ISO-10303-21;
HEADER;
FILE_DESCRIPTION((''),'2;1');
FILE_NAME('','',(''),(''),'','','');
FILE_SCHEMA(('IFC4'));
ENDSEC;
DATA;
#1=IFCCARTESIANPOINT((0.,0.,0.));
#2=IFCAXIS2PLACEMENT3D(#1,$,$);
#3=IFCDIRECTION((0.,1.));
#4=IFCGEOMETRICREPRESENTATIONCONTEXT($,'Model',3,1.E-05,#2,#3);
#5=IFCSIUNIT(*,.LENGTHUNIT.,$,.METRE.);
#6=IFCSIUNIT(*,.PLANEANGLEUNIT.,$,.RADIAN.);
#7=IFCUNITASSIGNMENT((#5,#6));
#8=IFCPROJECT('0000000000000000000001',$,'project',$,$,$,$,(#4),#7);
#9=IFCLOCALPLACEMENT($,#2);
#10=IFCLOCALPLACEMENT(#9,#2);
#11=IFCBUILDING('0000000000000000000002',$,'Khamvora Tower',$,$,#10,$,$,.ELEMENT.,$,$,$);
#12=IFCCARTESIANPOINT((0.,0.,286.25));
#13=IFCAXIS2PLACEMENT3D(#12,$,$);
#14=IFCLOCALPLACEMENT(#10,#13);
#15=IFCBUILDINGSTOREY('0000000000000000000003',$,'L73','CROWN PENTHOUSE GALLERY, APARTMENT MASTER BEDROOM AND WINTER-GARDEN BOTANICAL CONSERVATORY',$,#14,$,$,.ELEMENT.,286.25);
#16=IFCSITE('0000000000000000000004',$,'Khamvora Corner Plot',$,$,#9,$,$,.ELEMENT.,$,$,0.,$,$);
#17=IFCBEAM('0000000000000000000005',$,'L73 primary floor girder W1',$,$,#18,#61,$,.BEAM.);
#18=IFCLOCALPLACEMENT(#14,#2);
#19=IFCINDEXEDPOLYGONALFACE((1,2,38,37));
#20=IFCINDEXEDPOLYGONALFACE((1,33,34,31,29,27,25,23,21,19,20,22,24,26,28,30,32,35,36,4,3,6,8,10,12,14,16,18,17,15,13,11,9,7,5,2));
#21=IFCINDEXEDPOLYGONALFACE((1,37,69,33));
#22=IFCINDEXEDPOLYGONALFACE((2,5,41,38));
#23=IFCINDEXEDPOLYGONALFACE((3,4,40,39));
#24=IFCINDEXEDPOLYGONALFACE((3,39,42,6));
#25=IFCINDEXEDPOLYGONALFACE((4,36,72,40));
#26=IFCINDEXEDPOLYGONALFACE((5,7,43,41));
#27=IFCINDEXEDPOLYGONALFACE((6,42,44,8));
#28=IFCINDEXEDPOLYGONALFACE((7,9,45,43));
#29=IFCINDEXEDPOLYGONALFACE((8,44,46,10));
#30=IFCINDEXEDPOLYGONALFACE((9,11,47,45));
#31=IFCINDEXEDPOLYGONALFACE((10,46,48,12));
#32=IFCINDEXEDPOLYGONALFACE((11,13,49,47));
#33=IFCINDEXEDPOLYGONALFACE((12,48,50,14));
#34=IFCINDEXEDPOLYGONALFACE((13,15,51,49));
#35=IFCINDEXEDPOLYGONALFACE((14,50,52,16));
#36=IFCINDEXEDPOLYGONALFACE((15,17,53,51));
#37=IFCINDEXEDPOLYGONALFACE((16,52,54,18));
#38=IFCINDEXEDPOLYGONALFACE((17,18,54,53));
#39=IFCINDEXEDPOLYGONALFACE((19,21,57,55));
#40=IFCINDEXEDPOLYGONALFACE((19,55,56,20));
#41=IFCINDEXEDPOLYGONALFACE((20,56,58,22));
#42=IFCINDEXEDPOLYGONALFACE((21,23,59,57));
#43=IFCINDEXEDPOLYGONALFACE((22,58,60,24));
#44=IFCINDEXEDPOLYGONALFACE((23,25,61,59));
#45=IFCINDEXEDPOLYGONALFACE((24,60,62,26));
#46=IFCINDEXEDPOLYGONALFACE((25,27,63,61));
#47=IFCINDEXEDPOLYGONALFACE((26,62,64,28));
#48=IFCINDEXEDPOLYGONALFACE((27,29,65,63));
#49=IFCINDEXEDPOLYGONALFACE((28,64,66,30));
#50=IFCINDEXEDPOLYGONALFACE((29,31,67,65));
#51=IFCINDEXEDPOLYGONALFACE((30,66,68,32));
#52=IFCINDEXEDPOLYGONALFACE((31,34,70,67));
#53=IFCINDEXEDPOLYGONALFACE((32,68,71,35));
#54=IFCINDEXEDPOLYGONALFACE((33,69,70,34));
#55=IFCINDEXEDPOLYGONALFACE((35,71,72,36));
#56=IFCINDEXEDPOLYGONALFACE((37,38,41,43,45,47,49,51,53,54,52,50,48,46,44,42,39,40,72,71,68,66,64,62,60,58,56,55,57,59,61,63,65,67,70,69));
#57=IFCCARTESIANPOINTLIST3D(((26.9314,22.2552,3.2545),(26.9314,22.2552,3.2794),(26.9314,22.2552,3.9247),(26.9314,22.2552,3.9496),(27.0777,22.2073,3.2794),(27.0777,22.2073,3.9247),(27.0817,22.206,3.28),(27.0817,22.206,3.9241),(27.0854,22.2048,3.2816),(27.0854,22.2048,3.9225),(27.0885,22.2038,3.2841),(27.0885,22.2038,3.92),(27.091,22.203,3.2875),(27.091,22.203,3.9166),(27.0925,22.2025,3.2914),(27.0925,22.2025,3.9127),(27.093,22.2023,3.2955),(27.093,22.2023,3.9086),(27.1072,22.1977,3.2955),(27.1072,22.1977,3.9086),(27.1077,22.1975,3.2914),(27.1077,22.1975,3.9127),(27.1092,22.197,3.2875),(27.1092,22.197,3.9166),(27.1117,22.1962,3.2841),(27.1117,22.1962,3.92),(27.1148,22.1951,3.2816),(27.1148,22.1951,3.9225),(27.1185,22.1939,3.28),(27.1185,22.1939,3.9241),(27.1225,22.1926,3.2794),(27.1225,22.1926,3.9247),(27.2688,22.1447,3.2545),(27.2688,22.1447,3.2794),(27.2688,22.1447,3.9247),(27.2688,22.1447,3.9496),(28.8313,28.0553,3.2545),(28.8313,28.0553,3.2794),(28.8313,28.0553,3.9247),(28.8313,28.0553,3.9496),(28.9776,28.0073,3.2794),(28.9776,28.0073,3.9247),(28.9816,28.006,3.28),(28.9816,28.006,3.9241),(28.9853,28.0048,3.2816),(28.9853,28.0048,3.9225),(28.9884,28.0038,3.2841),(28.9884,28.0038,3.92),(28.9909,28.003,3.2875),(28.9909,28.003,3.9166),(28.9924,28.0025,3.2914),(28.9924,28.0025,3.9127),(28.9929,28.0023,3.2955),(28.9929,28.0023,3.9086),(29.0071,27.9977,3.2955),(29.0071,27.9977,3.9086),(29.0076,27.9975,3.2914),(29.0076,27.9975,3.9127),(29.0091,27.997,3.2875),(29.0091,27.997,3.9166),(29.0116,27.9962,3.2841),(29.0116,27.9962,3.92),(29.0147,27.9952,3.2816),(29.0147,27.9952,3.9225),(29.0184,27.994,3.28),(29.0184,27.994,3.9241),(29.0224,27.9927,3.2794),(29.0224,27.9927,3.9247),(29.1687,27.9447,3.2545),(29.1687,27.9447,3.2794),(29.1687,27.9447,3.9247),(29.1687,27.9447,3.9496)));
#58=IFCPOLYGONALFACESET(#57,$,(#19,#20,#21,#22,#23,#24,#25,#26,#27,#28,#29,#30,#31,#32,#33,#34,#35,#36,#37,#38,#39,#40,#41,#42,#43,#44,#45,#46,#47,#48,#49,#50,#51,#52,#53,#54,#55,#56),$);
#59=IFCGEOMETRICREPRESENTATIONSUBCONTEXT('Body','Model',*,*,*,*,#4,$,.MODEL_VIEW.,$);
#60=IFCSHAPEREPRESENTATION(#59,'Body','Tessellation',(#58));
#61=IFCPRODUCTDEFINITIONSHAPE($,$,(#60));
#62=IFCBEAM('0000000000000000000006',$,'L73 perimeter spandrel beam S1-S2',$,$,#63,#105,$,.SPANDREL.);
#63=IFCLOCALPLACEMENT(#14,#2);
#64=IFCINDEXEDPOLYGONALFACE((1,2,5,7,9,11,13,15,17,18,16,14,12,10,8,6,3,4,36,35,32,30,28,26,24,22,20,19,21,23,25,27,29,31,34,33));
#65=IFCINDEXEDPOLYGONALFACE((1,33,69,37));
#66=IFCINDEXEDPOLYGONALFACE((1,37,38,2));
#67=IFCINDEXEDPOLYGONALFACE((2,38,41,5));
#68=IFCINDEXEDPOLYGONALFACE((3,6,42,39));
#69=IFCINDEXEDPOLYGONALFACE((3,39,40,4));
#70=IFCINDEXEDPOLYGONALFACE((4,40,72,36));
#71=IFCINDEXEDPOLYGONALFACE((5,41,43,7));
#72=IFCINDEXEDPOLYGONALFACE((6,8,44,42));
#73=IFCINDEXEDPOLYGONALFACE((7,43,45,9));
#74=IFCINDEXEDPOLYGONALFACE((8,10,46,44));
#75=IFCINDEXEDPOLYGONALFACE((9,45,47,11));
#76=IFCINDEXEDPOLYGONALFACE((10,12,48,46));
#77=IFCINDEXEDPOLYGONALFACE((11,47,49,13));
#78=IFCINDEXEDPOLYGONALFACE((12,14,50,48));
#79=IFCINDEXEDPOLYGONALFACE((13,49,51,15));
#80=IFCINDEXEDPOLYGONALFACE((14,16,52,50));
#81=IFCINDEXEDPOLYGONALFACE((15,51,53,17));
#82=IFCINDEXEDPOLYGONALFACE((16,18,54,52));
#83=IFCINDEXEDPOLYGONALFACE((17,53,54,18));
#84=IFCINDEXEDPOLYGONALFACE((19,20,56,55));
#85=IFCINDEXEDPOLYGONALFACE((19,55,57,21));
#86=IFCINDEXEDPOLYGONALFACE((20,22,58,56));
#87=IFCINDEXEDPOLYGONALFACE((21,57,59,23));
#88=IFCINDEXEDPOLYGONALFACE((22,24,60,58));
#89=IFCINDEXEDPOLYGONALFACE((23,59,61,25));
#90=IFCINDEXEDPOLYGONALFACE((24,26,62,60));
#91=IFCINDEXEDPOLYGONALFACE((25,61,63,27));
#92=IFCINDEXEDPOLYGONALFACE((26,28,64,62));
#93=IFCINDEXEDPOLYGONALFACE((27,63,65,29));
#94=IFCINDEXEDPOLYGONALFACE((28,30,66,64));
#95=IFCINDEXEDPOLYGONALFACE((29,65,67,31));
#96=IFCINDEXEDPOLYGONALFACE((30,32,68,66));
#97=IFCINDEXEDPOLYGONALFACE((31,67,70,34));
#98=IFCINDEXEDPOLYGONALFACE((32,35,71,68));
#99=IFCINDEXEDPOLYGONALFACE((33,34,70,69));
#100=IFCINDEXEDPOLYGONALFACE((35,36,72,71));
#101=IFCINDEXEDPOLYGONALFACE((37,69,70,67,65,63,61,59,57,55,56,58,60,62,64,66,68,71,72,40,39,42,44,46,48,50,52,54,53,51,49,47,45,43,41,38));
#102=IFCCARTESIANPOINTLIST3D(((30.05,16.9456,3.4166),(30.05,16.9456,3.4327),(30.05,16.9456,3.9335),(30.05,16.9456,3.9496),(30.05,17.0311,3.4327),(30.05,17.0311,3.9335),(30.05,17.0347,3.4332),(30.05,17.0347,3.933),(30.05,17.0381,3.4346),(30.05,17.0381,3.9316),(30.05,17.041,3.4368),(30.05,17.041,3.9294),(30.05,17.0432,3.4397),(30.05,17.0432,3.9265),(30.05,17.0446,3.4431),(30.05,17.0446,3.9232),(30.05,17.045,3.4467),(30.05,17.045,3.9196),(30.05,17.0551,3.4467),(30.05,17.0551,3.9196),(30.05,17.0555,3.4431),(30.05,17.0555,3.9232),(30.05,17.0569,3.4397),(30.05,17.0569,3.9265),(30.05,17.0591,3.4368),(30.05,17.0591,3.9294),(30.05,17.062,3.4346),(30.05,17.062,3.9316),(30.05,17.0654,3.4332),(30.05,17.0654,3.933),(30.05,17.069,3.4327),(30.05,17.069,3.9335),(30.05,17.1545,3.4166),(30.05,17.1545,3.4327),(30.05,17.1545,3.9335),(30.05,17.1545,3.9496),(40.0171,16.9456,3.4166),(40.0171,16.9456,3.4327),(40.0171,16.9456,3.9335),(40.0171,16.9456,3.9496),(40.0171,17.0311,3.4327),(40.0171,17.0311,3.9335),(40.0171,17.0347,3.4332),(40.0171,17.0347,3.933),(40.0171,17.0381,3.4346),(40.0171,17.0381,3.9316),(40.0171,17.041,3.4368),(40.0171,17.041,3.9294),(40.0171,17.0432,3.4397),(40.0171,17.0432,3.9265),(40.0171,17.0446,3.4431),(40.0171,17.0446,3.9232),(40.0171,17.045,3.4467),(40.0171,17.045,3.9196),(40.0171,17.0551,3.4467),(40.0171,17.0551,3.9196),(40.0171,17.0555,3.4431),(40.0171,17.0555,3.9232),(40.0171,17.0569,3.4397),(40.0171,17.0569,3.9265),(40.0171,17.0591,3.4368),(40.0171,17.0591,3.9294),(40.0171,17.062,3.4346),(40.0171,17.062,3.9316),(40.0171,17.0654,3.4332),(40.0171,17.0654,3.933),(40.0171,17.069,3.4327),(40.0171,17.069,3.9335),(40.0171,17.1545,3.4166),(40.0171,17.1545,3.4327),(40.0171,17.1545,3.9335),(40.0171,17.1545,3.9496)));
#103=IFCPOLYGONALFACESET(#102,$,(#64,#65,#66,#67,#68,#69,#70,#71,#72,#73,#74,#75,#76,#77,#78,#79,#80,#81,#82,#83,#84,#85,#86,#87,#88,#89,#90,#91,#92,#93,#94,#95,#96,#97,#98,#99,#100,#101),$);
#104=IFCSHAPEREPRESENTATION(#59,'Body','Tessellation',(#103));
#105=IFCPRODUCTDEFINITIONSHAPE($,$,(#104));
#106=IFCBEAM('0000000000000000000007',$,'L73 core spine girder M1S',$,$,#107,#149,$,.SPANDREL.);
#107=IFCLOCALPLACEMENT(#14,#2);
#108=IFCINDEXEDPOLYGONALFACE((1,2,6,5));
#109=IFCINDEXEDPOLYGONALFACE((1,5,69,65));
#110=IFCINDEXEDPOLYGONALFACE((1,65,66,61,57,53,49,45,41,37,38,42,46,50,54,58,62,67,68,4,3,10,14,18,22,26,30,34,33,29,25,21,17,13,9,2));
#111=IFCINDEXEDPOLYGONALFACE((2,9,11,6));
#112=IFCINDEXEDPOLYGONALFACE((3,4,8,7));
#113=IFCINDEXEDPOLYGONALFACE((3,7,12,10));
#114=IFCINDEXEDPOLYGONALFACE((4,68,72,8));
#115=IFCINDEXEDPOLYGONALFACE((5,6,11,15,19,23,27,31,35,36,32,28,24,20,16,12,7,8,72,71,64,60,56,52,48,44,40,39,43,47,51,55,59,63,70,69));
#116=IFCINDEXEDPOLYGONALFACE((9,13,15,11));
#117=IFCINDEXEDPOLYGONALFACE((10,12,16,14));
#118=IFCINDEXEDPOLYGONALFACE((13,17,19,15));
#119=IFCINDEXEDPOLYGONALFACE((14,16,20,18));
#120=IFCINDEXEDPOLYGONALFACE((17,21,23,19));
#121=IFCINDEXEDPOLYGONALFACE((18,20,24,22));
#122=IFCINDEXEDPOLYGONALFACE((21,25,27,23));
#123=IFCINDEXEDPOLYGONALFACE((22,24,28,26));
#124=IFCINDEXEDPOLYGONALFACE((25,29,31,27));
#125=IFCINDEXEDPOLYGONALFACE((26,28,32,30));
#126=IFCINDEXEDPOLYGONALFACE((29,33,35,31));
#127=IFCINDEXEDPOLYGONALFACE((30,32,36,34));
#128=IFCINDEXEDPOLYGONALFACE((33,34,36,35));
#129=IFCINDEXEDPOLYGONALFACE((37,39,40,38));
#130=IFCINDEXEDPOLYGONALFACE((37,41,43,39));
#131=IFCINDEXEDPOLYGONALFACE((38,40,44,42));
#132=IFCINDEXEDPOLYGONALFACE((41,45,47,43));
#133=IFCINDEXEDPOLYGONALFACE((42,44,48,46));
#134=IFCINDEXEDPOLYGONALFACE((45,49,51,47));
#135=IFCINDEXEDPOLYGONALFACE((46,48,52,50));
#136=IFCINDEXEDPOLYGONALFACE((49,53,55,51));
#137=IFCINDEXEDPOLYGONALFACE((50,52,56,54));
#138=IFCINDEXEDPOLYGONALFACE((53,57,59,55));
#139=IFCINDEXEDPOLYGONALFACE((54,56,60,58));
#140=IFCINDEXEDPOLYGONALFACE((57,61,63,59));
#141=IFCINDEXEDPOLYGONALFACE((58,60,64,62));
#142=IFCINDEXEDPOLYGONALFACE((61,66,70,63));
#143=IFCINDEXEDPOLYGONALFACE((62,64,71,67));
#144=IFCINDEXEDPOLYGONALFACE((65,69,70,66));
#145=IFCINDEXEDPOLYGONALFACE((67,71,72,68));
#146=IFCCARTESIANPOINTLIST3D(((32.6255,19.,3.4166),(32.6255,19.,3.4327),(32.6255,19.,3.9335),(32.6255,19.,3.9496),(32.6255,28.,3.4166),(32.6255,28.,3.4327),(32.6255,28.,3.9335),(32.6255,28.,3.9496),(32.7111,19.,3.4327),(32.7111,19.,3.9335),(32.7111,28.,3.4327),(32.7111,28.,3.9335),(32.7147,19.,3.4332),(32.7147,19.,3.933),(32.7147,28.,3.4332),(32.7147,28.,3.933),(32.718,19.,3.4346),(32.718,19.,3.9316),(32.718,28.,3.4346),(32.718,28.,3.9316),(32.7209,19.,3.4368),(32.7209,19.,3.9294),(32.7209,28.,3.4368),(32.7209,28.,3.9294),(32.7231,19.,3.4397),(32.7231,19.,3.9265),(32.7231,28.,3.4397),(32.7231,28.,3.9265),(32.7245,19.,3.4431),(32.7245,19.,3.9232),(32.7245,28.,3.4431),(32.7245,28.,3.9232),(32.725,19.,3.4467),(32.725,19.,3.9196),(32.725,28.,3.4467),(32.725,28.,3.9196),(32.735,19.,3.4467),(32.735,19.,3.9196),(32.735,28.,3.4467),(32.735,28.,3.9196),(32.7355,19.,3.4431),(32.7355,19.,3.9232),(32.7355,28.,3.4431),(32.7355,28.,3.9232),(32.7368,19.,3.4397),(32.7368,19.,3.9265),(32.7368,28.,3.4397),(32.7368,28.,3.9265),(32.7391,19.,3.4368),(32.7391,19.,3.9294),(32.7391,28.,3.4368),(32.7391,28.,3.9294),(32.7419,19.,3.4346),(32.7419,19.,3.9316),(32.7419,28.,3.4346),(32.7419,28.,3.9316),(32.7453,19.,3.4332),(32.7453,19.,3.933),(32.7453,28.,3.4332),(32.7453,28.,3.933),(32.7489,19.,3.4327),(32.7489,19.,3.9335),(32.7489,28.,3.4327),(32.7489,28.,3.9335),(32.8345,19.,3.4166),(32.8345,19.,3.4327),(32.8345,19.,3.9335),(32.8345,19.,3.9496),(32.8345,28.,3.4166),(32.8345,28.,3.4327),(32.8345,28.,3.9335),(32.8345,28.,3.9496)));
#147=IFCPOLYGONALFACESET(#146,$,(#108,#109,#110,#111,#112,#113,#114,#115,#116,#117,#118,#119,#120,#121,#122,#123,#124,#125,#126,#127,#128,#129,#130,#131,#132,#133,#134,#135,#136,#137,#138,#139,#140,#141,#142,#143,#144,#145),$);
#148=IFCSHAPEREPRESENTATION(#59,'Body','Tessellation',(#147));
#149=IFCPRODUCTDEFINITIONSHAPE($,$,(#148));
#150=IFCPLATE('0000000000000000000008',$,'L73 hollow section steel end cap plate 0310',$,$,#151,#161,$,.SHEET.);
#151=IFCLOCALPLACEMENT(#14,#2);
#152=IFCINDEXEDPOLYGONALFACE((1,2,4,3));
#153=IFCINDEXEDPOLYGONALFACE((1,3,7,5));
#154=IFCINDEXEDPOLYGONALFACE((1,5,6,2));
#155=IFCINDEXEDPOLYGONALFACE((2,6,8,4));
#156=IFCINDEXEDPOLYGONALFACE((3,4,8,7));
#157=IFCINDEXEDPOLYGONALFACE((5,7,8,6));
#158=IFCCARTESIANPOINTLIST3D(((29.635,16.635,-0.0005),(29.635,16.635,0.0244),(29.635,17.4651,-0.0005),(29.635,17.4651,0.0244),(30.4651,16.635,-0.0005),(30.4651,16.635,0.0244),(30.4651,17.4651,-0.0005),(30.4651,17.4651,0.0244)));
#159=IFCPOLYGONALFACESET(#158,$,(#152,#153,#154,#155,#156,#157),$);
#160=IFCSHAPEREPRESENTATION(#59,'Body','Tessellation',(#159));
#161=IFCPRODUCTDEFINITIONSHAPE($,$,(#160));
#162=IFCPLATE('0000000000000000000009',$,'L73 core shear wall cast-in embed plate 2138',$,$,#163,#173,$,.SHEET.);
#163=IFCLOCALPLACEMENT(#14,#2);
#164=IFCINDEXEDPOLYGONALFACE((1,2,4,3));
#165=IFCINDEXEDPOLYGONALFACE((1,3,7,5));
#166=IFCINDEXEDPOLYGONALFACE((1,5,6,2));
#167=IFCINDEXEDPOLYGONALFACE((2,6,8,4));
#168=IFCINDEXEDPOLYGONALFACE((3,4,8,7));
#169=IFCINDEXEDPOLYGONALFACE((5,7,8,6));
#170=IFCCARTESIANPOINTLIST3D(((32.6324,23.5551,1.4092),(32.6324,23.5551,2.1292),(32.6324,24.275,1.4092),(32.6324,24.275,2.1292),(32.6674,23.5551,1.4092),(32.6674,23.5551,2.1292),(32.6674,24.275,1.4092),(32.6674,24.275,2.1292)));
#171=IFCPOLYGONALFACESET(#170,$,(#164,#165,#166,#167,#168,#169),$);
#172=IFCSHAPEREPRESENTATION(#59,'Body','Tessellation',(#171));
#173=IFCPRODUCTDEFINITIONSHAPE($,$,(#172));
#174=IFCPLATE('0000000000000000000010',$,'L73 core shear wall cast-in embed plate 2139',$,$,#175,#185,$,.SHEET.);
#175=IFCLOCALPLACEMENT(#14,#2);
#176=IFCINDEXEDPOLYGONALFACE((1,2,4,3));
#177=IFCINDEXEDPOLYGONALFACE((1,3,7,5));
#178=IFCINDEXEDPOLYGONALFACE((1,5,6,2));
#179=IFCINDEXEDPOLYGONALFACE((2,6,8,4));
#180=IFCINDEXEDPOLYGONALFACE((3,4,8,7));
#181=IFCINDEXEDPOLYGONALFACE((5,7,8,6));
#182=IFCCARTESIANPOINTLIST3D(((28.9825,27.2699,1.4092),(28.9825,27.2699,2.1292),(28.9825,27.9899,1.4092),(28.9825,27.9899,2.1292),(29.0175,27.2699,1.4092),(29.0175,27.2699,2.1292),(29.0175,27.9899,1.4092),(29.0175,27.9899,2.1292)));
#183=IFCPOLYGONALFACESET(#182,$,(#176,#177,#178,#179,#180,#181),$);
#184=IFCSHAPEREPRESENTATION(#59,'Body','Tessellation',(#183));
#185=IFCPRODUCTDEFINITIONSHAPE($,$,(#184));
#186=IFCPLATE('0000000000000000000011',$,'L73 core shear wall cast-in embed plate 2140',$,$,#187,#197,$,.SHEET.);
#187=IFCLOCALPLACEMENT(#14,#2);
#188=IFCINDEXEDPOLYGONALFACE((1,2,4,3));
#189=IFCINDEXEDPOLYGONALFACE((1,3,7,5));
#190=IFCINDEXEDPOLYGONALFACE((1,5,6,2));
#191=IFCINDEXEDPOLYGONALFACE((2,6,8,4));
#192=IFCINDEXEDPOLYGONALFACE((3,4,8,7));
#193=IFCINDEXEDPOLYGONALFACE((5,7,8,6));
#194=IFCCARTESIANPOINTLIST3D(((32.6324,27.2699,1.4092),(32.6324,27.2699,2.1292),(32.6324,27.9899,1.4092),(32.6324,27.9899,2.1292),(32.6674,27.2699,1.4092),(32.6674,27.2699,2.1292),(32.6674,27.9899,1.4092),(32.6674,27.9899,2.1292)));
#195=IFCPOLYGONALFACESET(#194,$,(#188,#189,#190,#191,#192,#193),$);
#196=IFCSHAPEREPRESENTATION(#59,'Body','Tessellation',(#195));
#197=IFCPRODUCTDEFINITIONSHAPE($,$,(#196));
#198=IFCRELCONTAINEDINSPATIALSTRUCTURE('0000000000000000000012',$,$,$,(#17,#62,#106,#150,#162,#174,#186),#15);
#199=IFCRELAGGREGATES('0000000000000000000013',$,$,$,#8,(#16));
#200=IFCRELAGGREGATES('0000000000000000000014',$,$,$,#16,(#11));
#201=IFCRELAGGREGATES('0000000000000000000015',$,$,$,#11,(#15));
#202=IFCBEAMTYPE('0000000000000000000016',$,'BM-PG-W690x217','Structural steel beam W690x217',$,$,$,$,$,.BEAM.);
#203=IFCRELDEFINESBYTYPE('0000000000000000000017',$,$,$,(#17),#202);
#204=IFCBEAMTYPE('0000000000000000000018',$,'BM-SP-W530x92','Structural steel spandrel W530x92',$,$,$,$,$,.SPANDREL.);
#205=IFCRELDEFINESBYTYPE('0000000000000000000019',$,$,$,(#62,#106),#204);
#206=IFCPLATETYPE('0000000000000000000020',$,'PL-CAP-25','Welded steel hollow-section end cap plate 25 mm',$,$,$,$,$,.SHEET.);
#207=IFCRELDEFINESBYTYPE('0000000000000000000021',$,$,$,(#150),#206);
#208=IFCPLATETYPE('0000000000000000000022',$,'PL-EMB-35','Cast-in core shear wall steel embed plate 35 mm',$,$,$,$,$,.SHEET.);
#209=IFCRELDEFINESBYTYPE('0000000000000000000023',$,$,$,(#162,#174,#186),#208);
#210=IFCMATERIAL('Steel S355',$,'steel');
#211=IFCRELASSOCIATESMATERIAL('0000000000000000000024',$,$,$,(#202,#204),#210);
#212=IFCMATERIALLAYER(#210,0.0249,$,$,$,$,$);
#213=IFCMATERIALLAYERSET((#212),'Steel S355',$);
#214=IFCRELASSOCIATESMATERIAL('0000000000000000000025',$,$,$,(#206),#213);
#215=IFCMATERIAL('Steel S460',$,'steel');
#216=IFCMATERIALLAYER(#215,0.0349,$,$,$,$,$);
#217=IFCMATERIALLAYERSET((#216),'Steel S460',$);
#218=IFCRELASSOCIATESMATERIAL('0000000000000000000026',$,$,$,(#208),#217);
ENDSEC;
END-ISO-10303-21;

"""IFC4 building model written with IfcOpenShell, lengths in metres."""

from ifc_helpers import new_model, si_unit, direction, frame, origin, origin_2d, place, context, subcontext, project, spatial, rectangle, i_section, extrude, material, layer, layer_set, material_profile, profile_set, type_object, element, save


model = new_model("IFC4")

# Units and contexts
model_context = context("Model", 3, precision=1e-05, world=origin(), true_north=direction((0.0, 1.0)))
body_context = subcontext(model_context, "Body", "Model", "MODEL_VIEW")
ifc_project = project(units=[si_unit("LENGTHUNIT", "METRE"), si_unit("PLANEANGLEUNIT", "RADIAN")], contexts=[model_context])

# Site, building, storey
site_placement = place(None, origin())
site = spatial("IfcSite", under=ifc_project, at=site_placement, Name="Khamvora Corner Plot", CompositionType="ELEMENT", RefElevation=0.0)
building_placement = place(site_placement, origin())
building = spatial("IfcBuilding", under=site, at=building_placement, Name="Khamvora Tower", CompositionType="ELEMENT")
storey_placement = place(building_placement, frame((0.0, 0.0, 286.25)))
storey = spatial("IfcBuildingStorey", under=building, at=storey_placement, Name="L73", Description="CROWN PENTHOUSE GALLERY, APARTMENT MASTER BEDROOM AND WINTER-GARDEN BOTANICAL CONSERVATORY", CompositionType="ELEMENT", Elevation=286.25)

# Shared definitions
ifc_material_1 = material(Name="Steel S355", Category="steel")

# Beams
ifc_material_profile_1 = material_profile(ifc_material_1, i_section(OverallWidth=0.355, OverallDepth=0.6951, WebThickness=0.0149, FlangeThickness=0.0249, FilletRadius=0.0161, at=origin_2d()), Name="W690x217")
ifc_profile_set_1 = profile_set([ifc_material_profile_1], Name="Steel S355")
beam_type_1 = type_object("IfcBeamType", Name="BM-PG-W690x217", Description="Structural steel beam W690x217", PredefinedType="BEAM", material=ifc_profile_set_1)
beam_1_placement = place(storey_placement, frame((29.0, 28.0, 3.6021), z_axis=(-0.311291, -0.950315, 0.0), x_axis=(0.950315, -0.311291, 0.0)))
element("IfcBeam", 1, at=beam_1_placement, inside=storey, type_object=beam_type_1, Name="L73 primary floor girder W1", PredefinedType="BEAM", context=body_context, shape_type="SweptSolid", body=[
    extrude(i_section(OverallWidth=0.355, OverallDepth=0.6951, WebThickness=0.0149, FlangeThickness=0.0249, FilletRadius=0.0161, at=origin_2d()), origin(), (0.0, 0.0, 1.0), 6.1033),
])
ifc_material_profile_2 = material_profile(ifc_material_1, i_section(OverallWidth=0.209, OverallDepth=0.533, WebThickness=0.01, FlangeThickness=0.0161, FilletRadius=0.0139, at=origin_2d()), Name="W530x92")
ifc_profile_set_2 = profile_set([ifc_material_profile_2], Name="Steel S355")
beam_type_2 = type_object("IfcBeamType", Name="BM-SP-W530x92", Description="Structural steel spandrel W530x92", PredefinedType="SPANDREL", material=ifc_profile_set_2)
beam_2_placement = place(storey_placement, frame((30.05, 17.05, 3.6831), z_axis=(1.0, 0.0, 0.0), x_axis=(0.0, 1.0, 0.0)))
element("IfcBeam", 2, at=beam_2_placement, inside=storey, type_object=beam_type_2, Name="L73 perimeter spandrel beam S1-S2", PredefinedType="SPANDREL", context=body_context, shape_type="SweptSolid", body=[
    extrude(i_section(OverallWidth=0.209, OverallDepth=0.533, WebThickness=0.01, FlangeThickness=0.0161, FilletRadius=0.0139, at=origin_2d()), origin(), (0.0, 0.0, 1.0), 9.967),
])
beam_3_placement = place(storey_placement, frame((32.73, 19.0, 3.6831), z_axis=(0.0, 1.0, 0.0), x_axis=(-1.0, 0.0, 0.0)))
element("IfcBeam", 3, at=beam_3_placement, inside=storey, type_object=beam_type_2, Name="L73 core spine girder M1S", PredefinedType="SPANDREL", context=body_context, shape_type="SweptSolid", body=[
    extrude(i_section(OverallWidth=0.209, OverallDepth=0.533, WebThickness=0.01, FlangeThickness=0.0161, FilletRadius=0.0139, at=origin_2d()), origin(), (0.0, 0.0, 1.0), 9.0),
])

# Plates
ifc_layer_1 = layer(ifc_material_1, 0.0249)
ifc_layer_set_1 = layer_set([ifc_layer_1], Name="Steel S355")
plate_type_1 = type_object("IfcPlateType", Name="PL-CAP-25", Description="Welded steel hollow-section end cap plate 25 mm", PredefinedType="SHEET", material=ifc_layer_set_1)
plate_1_placement = place(storey_placement, frame((30.05, 17.05, -0.0005), z_axis=(0.0, 0.0, 1.0), x_axis=(1.0, 0.0, 0.0)))
element("IfcPlate", 4, at=plate_1_placement, inside=storey, type_object=plate_type_1, Name="L73 hollow section steel end cap plate 0310", PredefinedType="SHEET", context=body_context, shape_type="SweptSolid", body=[
    extrude(rectangle(XDim=0.8301, YDim=0.8301, at=origin_2d()), origin(), (0.0, 0.0, 1.0), 0.0249),
])
ifc_material_2 = material(Name="Steel S460", Category="steel")
ifc_layer_2 = layer(ifc_material_2, 0.0349)
ifc_layer_set_2 = layer_set([ifc_layer_2], Name="Steel S460")
plate_type_2 = type_object("IfcPlateType", Name="PL-EMB-35", Description="Cast-in core shear wall steel embed plate 35 mm", PredefinedType="SHEET", material=ifc_layer_set_2)
for number, where, z_axis, x_axis, name in (
    (5, (32.6499, 23.915, 1.4092), (0.0, 0.0, 1.0), (1.0, 0.0, 0.0), "L73 core shear wall cast-in embed plate 2138"),
    (6, (29.0, 27.6299, 1.4092), (0.0, 0.0, 1.0), (1.0, 0.0, 0.0), "L73 core shear wall cast-in embed plate 2139"),
    (7, (32.6499, 27.6299, 1.4092), (0.0, 0.0, 1.0), (1.0, 0.0, 0.0), "L73 core shear wall cast-in embed plate 2140"),
):
    element("IfcPlate", number, at=place(storey_placement, frame(where, z_axis=z_axis, x_axis=x_axis)), inside=storey, type_object=plate_type_2, Name=name, PredefinedType="SHEET", context=body_context, shape_type="SweptSolid", body=[
        extrude(rectangle(XDim=0.0349, YDim=0.72, at=origin_2d()), origin(), (0.0, 0.0, 1.0), 0.72),
    ])

save(model, "model.ifc")
